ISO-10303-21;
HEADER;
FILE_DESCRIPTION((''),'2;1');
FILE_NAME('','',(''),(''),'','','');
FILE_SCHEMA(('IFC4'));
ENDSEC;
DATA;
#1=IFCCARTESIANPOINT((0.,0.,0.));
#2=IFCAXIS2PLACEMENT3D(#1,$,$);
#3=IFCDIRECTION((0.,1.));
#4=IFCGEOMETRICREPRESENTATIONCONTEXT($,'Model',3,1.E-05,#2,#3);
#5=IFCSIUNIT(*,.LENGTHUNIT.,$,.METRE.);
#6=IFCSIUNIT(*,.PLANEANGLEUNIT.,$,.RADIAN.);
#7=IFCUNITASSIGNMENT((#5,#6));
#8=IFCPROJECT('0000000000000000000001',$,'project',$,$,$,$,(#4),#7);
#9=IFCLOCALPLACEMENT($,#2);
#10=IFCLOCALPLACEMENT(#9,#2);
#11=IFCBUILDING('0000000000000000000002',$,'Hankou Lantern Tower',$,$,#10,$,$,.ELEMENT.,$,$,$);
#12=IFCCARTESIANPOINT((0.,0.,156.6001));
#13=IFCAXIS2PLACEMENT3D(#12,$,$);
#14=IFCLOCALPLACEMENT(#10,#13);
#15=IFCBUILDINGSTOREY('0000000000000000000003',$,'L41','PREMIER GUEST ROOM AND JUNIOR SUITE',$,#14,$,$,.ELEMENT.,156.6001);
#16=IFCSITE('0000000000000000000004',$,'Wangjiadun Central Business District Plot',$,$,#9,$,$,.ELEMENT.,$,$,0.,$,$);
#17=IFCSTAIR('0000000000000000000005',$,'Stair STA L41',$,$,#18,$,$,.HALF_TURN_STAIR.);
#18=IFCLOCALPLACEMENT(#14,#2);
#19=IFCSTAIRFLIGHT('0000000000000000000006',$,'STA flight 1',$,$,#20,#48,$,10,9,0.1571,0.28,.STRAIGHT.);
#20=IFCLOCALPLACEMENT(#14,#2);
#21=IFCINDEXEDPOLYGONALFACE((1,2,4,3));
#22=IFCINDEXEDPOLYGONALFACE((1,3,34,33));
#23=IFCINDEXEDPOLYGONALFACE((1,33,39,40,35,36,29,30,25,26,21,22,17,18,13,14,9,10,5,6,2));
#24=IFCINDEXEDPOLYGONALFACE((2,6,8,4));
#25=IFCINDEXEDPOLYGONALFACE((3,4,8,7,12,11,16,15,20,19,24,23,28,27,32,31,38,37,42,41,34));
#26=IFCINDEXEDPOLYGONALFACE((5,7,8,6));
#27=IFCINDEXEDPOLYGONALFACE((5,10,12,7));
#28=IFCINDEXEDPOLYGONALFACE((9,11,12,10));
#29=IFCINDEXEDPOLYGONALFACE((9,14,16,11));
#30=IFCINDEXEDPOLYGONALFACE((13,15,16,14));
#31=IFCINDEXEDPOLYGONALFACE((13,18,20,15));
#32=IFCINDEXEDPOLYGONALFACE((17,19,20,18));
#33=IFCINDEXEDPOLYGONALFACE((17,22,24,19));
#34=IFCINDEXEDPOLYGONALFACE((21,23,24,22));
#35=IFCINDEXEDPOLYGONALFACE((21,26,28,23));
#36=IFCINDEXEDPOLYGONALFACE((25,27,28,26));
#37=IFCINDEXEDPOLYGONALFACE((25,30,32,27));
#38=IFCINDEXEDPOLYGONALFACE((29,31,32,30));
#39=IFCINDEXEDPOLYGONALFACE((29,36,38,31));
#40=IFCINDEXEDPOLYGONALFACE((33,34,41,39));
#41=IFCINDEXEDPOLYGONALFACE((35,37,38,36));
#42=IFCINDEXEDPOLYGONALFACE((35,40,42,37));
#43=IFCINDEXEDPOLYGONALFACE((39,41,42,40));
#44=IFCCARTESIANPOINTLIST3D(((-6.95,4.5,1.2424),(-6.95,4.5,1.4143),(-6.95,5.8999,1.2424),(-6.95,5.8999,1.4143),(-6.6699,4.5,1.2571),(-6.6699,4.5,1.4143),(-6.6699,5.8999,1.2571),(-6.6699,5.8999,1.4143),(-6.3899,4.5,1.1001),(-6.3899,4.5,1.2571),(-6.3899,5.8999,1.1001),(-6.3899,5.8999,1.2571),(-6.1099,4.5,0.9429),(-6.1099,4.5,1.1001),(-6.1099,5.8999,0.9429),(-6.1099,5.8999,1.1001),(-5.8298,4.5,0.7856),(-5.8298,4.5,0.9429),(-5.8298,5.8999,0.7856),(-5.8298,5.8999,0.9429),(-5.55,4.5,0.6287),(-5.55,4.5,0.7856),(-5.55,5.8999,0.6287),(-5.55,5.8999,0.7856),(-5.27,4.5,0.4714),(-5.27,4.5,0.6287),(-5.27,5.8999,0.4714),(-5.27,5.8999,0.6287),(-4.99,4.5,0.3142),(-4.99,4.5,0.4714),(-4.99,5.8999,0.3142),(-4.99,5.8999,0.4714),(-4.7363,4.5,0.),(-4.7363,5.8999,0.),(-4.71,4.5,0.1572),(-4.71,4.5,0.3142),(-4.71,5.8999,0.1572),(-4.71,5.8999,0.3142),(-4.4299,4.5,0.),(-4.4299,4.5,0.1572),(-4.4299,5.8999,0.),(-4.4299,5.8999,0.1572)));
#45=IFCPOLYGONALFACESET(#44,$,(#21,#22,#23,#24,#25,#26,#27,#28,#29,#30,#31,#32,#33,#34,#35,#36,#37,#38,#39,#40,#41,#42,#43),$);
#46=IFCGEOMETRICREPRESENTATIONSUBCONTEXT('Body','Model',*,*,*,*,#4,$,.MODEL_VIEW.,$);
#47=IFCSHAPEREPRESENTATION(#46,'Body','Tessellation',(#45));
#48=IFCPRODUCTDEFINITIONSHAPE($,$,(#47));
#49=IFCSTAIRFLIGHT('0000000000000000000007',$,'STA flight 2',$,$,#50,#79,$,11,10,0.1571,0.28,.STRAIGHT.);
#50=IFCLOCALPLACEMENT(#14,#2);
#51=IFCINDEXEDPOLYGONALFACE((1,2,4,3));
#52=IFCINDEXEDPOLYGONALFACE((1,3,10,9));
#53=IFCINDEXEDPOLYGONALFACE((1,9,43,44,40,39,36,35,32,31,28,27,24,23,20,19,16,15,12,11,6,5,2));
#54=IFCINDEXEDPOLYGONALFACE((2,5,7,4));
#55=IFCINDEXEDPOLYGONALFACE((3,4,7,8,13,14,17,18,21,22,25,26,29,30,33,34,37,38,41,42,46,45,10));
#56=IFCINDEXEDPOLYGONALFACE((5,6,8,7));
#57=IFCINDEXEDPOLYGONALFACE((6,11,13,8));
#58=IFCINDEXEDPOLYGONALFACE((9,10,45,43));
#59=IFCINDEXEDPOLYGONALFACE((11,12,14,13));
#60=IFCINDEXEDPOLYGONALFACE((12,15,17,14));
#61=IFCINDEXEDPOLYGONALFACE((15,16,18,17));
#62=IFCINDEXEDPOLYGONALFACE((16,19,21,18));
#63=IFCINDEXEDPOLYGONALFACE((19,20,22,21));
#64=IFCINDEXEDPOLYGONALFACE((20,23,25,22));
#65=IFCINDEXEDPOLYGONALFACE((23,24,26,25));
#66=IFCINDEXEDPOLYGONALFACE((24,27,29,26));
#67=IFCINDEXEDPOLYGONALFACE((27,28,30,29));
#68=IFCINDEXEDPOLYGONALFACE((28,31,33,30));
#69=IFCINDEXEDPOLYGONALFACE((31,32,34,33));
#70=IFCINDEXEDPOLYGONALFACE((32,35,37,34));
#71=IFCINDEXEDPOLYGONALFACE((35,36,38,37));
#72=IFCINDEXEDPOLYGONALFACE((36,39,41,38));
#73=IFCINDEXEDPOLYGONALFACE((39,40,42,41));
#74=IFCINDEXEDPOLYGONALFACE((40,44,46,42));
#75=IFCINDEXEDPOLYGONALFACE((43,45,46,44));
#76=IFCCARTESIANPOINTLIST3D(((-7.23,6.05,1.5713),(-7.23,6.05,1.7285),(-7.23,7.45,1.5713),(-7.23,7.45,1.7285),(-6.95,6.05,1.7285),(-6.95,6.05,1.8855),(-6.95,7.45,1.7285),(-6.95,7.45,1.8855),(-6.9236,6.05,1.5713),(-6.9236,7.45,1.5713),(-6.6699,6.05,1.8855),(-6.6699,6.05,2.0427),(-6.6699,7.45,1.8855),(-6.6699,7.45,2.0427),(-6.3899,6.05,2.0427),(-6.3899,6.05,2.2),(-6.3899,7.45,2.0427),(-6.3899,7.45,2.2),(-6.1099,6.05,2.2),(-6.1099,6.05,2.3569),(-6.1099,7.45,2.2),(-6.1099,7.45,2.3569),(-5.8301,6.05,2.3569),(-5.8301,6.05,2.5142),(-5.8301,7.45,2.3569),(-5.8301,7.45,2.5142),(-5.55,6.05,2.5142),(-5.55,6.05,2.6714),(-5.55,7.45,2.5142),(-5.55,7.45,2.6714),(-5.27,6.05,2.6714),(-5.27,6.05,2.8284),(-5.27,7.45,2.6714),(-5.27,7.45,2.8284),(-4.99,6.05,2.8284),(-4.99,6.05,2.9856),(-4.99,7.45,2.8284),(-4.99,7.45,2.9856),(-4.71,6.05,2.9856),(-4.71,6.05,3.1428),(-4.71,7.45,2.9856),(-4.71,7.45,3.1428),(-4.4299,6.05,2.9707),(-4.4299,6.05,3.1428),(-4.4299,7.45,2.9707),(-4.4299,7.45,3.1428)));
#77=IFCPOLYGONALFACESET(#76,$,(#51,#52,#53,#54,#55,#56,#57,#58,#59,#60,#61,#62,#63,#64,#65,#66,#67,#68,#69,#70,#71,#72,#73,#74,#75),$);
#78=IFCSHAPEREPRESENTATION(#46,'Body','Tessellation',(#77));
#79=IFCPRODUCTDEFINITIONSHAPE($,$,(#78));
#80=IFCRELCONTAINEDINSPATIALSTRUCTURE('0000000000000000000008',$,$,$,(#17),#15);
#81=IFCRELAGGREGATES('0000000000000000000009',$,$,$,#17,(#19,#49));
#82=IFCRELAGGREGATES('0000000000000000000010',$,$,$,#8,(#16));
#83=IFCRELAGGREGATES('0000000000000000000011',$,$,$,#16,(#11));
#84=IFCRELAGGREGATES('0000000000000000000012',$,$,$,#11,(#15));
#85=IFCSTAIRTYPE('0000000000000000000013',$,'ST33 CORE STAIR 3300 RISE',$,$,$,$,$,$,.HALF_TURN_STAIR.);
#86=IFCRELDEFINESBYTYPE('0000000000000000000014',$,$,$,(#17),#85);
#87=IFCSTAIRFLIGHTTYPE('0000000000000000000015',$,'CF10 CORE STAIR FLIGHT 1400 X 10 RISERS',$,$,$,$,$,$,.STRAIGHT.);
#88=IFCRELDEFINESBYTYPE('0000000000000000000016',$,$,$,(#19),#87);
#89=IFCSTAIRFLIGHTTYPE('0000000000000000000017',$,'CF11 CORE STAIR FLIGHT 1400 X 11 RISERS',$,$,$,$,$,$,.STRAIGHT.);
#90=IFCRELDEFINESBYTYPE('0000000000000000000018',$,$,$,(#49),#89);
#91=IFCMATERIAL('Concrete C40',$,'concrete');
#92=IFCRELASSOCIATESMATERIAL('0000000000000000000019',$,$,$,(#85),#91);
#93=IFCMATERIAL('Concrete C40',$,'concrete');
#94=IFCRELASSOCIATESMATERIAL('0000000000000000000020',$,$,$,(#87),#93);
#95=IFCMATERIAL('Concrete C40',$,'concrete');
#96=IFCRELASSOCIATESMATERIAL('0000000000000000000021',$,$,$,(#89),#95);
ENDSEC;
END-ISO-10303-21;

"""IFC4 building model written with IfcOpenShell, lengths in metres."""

from ifc_helpers import new_model, si_unit, direction, frame, origin, place, context, subcontext, project, spatial, polyline, outline, extrude, material, type_object, element, aggregate, save


model = new_model("IFC4")

# Units and contexts
model_context = context("Model", 3, precision=1e-05, world=origin(), true_north=direction((0.0, 1.0)))
body_context = subcontext(model_context, "Body", "Model", "MODEL_VIEW")
ifc_project = project(units=[si_unit("LENGTHUNIT", "METRE"), si_unit("PLANEANGLEUNIT", "RADIAN")], contexts=[model_context])

# Site, building, storey
site_placement = place(None, origin())
site = spatial("IfcSite", under=ifc_project, at=site_placement, Name="Wangjiadun Central Business District Plot", CompositionType="ELEMENT", RefElevation=0.0)
building_placement = place(site_placement, origin())
building = spatial("IfcBuilding", under=site, at=building_placement, Name="Hankou Lantern Tower", CompositionType="ELEMENT")
storey_placement = place(building_placement, frame((0.0, 0.0, 156.6001)))
storey = spatial("IfcBuildingStorey", under=building, at=storey_placement, Name="L41", Description="PREMIER GUEST ROOM AND JUNIOR SUITE", CompositionType="ELEMENT", Elevation=156.6001)

# Stair, stair flights
ifc_material_1 = material(Name="Concrete C40", Category="concrete")
stair_type = type_object("IfcStairType", Name="ST33 CORE STAIR 3300 RISE", PredefinedType="HALF_TURN_STAIR", material=ifc_material_1)
stair_placement = place(storey_placement, origin())
stair = element("IfcStair", 1, at=stair_placement, inside=storey, type_object=stair_type, Name="Stair STA L41", PredefinedType="HALF_TURN_STAIR")
ifc_material_2 = material(Name="Concrete C40", Category="concrete")
stair_flight_type_1 = type_object("IfcStairFlightType", Name="CF10 CORE STAIR FLIGHT 1400 X 10 RISERS", PredefinedType="STRAIGHT", material=ifc_material_2)
stair_flight_1_placement = place(storey_placement, frame((-4.4299, 5.2, 0.0), z_axis=(0.0, 0.0, 1.0), x_axis=(-1.0, 0.0, 0.0)))
stair_flight_1 = element("IfcStairFlight", 2, at=stair_flight_1_placement, type_object=stair_flight_type_1, Name="STA flight 1", NumberOfRisers=10, NumberOfTreads=9, PredefinedType="STRAIGHT", RiserHeight=0.1571, TreadLength=0.28, context=body_context, shape_type="SweptSolid", body=[
    extrude(outline(polyline([(0.0, 0.0), (0.0, 0.1572), (0.28, 0.1572), (0.28, 0.3142), (0.5601, 0.3142), (0.5601, 0.4714), (0.8401, 0.4714), (0.8401, 0.6287), (1.1201, 0.6287), (1.1201, 0.7856), (1.3999, 0.7856), (1.3999, 0.9429), (1.6799, 0.9429), (1.6799, 1.1001), (1.96, 1.1001), (1.96, 1.2571), (2.24, 1.2571), (2.24, 1.4143), (2.52, 1.4143), (2.52, 1.5715), (2.52, 1.2424), (0.3064, 0.0), (0.0, 0.0)])), frame((0.0, 0.7, 0.0), z_axis=(0.0, -1.0, 0.0), x_axis=(1.0, 0.0, 0.0)), (0.0, 0.0, 1.0), 1.3999),
])
ifc_material_3 = material(Name="Concrete C40", Category="concrete")
stair_flight_type_2 = type_object("IfcStairFlightType", Name="CF11 CORE STAIR FLIGHT 1400 X 11 RISERS", PredefinedType="STRAIGHT", material=ifc_material_3)
stair_flight_2_placement = place(storey_placement, frame((-7.23, 6.75, 1.5713), z_axis=(0.0, 0.0, 1.0), x_axis=(1.0, 0.0, 0.0)))
stair_flight_2 = element("IfcStairFlight", 3, at=stair_flight_2_placement, type_object=stair_flight_type_2, Name="STA flight 2", NumberOfRisers=11, NumberOfTreads=10, PredefinedType="STRAIGHT", RiserHeight=0.1571, TreadLength=0.28, context=body_context, shape_type="SweptSolid", body=[
    extrude(outline(polyline([(0.0, 0.0), (0.0, 0.1572), (0.28, 0.1572), (0.28, 0.3142), (0.5601, 0.3142), (0.5601, 0.4714), (0.8401, 0.4714), (0.8401, 0.6287), (1.1201, 0.6287), (1.1201, 0.7856), (1.3999, 0.7856), (1.3999, 0.9429), (1.6799, 0.9429), (1.6799, 1.1001), (1.96, 1.1001), (1.96, 1.2571), (2.24, 1.2571), (2.24, 1.4143), (2.52, 1.4143), (2.52, 1.5715), (2.8, 1.5715), (2.8, 1.7285), (2.8, 1.3994), (0.3064, 0.0), (0.0, 0.0)])), frame((0.0, 0.7, 0.0), z_axis=(0.0, -1.0, 0.0), x_axis=(1.0, 0.0, 0.0)), (0.0, 0.0, 1.0), 1.3999),
])
aggregate(stair, [stair_flight_1, stair_flight_2])

save(model, "model.ifc")
